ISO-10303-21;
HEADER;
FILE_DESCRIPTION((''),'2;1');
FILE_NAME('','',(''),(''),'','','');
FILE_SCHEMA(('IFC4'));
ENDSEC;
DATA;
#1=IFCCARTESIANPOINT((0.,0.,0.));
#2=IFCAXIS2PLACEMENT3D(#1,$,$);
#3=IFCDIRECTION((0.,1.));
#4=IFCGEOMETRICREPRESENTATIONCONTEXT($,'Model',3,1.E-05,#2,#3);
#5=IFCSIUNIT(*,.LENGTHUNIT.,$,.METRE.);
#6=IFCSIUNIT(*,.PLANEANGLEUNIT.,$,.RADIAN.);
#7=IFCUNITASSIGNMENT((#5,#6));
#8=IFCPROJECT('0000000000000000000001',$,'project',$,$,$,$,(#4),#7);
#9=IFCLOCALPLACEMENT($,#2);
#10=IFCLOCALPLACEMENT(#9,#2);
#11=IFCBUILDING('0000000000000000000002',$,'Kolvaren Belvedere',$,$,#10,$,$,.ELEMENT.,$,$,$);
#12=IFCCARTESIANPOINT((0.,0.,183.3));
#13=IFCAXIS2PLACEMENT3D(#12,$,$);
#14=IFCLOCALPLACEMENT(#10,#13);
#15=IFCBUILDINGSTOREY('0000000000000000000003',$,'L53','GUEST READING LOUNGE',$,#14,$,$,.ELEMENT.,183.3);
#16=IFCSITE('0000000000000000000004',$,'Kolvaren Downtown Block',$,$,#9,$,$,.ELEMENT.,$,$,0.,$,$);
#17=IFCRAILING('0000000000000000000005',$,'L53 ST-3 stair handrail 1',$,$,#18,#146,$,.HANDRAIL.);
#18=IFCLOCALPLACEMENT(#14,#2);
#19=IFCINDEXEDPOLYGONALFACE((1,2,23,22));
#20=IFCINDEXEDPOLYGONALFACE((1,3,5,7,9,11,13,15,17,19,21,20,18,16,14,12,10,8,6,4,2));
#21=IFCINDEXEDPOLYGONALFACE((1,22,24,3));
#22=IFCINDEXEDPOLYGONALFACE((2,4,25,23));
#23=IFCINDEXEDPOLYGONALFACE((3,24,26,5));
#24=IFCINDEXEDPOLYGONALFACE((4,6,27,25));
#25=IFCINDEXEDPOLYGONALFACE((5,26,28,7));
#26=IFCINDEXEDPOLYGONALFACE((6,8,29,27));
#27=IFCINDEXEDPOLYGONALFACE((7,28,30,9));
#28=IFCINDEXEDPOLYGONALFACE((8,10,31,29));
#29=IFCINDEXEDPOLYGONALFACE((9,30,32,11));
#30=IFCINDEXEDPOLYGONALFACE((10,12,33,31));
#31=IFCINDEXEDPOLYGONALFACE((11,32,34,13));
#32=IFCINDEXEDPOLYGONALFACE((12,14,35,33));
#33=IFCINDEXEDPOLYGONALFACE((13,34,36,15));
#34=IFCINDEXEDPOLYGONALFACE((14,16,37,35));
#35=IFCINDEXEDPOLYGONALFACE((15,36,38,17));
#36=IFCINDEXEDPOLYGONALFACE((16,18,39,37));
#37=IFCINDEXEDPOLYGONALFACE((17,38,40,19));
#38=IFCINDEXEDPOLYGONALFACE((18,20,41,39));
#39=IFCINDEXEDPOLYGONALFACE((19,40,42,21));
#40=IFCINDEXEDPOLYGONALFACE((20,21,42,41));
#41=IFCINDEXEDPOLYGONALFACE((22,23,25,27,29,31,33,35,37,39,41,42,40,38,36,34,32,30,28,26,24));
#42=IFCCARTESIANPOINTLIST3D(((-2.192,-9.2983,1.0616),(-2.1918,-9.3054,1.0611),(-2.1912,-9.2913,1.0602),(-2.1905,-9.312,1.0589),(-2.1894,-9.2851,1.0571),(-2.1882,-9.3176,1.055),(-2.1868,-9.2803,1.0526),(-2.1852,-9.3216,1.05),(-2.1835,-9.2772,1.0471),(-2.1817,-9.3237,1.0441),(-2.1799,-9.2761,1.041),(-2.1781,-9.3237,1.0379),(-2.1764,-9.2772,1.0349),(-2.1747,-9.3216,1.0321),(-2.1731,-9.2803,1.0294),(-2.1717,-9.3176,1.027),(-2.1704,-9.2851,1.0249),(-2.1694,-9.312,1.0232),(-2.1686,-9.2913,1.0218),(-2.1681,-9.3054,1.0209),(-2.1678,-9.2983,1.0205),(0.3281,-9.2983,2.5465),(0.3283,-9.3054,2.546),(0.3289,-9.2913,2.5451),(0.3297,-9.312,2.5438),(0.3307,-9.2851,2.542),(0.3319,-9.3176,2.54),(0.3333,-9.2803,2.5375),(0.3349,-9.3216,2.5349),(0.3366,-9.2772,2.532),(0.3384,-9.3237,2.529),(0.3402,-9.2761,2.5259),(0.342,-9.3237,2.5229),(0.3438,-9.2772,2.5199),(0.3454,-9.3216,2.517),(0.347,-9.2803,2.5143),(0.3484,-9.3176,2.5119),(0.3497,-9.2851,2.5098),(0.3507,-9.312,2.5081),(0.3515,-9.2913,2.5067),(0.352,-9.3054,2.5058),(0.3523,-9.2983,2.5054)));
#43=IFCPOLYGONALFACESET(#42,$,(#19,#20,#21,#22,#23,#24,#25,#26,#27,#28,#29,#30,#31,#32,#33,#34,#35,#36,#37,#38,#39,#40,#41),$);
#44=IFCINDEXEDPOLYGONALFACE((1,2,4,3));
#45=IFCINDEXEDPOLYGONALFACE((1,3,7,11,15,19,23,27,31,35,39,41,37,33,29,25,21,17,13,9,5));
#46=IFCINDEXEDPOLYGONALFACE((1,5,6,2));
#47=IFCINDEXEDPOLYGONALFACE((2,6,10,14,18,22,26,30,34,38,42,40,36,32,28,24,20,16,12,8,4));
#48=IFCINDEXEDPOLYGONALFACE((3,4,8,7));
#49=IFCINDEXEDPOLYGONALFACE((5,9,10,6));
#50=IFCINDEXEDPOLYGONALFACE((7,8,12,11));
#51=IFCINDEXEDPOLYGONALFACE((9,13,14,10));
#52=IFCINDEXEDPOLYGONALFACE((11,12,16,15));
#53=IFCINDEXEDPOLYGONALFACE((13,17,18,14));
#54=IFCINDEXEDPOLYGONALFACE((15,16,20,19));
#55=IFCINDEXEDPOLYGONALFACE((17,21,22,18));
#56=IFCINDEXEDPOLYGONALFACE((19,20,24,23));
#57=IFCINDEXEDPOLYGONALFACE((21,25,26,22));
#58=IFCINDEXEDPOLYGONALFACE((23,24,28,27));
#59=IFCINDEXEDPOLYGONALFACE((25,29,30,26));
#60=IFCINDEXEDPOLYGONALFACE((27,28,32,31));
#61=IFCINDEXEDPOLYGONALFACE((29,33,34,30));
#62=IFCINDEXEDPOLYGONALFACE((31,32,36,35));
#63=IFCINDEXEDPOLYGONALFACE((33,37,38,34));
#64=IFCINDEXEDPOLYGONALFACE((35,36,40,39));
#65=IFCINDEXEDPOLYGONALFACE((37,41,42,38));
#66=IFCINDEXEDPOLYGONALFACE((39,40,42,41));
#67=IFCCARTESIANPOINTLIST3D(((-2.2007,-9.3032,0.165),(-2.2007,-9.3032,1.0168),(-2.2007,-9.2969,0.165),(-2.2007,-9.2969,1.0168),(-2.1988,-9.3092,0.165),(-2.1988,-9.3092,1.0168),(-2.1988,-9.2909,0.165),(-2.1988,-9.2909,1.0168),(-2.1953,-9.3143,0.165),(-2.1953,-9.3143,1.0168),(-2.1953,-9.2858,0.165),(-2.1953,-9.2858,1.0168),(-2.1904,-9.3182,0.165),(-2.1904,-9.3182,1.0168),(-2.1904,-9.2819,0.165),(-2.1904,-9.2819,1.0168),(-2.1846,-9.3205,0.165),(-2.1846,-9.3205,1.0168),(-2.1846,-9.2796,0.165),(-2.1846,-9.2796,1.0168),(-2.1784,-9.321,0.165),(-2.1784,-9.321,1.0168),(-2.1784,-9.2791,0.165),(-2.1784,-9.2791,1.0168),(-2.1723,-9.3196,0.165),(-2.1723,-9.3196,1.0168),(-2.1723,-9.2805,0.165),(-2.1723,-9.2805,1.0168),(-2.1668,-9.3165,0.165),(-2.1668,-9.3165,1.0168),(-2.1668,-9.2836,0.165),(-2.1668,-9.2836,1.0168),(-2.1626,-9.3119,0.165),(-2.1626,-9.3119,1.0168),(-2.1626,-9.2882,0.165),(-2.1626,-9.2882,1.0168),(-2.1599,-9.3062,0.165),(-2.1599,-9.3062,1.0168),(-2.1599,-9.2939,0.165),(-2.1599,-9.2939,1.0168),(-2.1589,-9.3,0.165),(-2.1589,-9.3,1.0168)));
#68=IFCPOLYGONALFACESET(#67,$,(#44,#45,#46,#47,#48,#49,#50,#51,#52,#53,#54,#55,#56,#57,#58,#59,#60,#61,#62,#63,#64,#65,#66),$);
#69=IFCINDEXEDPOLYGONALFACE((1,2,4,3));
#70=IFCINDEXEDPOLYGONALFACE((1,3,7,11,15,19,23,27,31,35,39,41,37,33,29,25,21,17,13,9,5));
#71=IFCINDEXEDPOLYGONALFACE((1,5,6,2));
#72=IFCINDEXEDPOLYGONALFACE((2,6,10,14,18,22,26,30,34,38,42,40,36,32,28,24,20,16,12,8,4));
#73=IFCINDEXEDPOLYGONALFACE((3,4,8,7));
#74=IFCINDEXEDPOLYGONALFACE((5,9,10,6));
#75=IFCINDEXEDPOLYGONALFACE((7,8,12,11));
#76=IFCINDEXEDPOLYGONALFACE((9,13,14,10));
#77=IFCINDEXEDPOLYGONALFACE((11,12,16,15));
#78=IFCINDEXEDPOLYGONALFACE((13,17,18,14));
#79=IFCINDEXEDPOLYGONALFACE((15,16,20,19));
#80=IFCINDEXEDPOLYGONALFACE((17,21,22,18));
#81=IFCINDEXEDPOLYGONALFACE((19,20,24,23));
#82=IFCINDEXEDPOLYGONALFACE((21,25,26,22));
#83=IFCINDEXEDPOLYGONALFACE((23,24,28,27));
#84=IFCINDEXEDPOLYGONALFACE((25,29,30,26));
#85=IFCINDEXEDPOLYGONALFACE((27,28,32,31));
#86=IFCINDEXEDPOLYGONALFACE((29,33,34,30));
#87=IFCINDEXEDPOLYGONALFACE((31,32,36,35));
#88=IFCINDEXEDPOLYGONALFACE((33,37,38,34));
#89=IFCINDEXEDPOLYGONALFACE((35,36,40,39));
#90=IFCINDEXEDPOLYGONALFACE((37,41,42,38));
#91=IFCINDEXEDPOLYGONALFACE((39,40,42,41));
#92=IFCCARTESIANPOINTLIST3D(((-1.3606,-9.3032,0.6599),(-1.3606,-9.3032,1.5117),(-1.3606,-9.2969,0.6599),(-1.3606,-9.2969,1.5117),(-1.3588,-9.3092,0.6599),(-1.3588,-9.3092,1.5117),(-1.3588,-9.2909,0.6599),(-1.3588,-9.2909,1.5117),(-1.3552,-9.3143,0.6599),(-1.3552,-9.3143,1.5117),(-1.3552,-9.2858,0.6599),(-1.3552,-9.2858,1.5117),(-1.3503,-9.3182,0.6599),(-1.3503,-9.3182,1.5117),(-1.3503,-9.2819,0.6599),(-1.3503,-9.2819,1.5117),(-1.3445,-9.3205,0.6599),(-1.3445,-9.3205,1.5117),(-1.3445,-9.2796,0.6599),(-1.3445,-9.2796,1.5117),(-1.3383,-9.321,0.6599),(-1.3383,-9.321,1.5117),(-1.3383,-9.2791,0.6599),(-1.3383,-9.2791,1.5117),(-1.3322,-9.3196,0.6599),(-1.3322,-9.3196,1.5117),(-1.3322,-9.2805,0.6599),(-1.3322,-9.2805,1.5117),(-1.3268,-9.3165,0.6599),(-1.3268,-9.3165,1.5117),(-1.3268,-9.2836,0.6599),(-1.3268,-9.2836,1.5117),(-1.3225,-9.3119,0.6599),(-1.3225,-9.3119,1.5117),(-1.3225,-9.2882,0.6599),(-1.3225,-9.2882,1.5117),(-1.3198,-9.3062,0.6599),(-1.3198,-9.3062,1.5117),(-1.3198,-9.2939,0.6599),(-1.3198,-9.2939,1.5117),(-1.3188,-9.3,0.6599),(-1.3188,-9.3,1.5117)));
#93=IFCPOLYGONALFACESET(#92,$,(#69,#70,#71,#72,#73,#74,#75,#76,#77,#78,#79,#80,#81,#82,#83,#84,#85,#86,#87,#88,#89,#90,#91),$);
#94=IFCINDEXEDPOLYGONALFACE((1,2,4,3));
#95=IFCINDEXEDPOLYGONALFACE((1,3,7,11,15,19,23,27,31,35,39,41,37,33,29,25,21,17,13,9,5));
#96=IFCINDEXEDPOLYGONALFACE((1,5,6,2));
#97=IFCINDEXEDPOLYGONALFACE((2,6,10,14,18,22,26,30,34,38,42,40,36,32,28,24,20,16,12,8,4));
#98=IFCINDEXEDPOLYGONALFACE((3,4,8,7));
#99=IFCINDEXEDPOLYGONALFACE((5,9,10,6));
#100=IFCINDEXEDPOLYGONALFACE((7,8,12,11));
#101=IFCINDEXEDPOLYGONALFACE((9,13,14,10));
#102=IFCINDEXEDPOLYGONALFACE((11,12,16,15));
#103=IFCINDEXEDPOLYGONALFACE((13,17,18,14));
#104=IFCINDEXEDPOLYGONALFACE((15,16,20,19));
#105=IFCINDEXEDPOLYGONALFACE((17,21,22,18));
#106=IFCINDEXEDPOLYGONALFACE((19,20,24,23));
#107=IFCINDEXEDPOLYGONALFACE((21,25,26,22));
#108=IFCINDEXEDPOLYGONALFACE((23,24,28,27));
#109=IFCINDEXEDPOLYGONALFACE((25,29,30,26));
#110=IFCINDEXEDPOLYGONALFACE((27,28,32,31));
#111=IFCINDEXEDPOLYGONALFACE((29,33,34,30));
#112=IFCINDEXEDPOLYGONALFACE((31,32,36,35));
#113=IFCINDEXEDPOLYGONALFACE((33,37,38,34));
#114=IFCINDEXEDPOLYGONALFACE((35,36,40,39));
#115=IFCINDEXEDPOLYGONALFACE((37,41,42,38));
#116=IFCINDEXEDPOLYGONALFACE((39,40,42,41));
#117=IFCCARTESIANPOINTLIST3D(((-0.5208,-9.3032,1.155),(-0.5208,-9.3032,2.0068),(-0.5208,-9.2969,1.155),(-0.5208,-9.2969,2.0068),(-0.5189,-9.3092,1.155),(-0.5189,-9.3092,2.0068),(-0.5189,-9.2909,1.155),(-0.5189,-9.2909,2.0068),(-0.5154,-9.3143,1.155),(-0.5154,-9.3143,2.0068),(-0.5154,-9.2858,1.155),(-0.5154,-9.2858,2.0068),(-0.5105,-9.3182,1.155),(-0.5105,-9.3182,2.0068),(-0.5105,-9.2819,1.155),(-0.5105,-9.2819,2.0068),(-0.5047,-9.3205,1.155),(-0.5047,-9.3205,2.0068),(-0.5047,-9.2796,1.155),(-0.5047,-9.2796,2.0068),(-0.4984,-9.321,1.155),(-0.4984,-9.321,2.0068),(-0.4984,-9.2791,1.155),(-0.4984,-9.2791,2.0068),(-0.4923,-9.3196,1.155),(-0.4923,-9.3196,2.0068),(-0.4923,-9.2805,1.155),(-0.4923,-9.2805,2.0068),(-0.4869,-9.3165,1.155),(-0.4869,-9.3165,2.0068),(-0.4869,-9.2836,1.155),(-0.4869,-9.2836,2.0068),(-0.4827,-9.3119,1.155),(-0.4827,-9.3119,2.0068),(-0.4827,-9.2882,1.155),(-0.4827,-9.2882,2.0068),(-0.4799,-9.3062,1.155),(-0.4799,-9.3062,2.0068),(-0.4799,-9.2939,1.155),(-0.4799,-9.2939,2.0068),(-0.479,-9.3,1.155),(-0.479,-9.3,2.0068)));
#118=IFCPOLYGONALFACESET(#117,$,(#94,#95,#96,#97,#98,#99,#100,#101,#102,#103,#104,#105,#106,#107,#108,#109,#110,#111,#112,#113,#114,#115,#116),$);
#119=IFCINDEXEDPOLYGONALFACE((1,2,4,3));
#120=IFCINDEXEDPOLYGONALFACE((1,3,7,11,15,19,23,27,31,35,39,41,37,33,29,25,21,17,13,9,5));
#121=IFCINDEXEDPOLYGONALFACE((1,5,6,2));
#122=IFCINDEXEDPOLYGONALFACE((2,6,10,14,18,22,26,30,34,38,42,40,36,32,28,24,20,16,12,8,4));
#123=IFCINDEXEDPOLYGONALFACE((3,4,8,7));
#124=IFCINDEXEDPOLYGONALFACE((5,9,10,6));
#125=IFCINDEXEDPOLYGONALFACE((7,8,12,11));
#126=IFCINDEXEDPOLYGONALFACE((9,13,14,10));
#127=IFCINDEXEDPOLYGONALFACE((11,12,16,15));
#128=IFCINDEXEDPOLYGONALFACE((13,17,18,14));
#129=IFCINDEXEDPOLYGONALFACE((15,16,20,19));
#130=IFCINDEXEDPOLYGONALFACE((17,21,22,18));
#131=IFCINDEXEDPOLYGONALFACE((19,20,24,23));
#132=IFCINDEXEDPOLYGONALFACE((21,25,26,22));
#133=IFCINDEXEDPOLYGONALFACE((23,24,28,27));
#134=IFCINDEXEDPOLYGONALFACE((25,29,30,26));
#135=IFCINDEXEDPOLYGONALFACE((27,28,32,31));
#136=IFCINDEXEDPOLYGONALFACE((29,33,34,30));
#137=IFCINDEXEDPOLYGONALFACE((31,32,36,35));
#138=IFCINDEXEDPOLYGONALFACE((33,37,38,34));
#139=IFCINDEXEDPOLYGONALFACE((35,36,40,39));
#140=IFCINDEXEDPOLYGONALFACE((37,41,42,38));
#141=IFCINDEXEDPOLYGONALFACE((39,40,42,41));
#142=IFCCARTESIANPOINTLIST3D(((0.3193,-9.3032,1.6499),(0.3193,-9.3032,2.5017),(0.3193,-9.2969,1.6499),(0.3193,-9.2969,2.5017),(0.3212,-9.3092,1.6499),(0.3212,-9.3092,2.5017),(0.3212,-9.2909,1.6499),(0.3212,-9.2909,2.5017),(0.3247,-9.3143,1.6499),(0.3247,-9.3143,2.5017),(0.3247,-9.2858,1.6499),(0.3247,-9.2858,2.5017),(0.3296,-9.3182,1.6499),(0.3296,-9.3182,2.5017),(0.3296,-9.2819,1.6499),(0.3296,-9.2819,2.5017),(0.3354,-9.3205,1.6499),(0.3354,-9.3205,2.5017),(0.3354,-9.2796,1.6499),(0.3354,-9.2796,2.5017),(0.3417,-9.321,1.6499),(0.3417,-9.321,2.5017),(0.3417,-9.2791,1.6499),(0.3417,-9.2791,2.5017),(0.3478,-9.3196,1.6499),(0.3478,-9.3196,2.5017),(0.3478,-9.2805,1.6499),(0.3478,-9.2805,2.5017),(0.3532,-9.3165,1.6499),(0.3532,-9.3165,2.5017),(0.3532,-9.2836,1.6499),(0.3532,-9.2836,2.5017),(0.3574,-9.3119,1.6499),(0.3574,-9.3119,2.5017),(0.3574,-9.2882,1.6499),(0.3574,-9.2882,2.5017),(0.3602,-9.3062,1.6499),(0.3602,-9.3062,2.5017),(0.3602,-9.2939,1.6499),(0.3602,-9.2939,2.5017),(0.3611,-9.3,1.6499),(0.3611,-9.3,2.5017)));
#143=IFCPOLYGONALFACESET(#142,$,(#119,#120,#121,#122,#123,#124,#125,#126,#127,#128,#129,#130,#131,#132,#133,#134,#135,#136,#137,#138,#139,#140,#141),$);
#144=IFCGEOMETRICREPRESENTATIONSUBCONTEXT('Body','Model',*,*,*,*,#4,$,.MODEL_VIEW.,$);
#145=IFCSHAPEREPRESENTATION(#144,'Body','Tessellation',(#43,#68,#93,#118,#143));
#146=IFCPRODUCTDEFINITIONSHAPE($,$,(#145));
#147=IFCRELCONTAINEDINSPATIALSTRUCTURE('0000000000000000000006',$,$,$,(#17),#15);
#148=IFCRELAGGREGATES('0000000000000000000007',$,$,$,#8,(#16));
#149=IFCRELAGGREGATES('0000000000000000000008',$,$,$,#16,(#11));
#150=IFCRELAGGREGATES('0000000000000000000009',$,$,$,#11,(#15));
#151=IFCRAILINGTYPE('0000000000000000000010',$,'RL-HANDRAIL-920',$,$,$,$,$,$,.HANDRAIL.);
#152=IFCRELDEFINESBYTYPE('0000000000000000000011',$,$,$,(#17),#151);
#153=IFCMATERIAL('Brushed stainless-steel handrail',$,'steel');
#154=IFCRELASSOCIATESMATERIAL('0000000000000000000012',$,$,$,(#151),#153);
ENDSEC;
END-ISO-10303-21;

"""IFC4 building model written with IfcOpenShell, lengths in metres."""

from ifc_helpers import new_model, si_unit, direction, frame, origin, origin_2d, place, context, subcontext, project, spatial, circle, extrude, material, type_object, element, save


model = new_model("IFC4")

# Units and contexts
model_context = context("Model", 3, precision=1e-05, world=origin(), true_north=direction((0.0, 1.0)))
body_context = subcontext(model_context, "Body", "Model", "MODEL_VIEW")
ifc_project = project(units=[si_unit("LENGTHUNIT", "METRE"), si_unit("PLANEANGLEUNIT", "RADIAN")], contexts=[model_context])

# Site, building, storey
site_placement = place(None, origin())
site = spatial("IfcSite", under=ifc_project, at=site_placement, Name="Kolvaren Downtown Block", CompositionType="ELEMENT", RefElevation=0.0)
building_placement = place(site_placement, origin())
building = spatial("IfcBuilding", under=site, at=building_placement, Name="Kolvaren Belvedere", CompositionType="ELEMENT")
storey_placement = place(building_placement, frame((0.0, 0.0, 183.3)))
storey = spatial("IfcBuildingStorey", under=building, at=storey_placement, Name="L53", Description="GUEST READING LOUNGE", CompositionType="ELEMENT", Elevation=183.3)

# Railing
ifc_material_1 = material(Name="Brushed stainless-steel handrail", Category="steel")
railing_type_1 = type_object("IfcRailingType", Name="RL-HANDRAIL-920", PredefinedType="HANDRAIL", material=ifc_material_1)
railing_1_placement = place(storey_placement, frame((-2.1799, -9.3, 0.165)))
element("IfcRailing", 1, at=railing_1_placement, inside=storey, type_object=railing_type_1, Name="L53 ST-3 stair handrail 1", PredefinedType="HANDRAIL", context=body_context, shape_type="SweptSolid", body=[
    extrude(circle(Radius=0.0239, at=origin_2d()), frame((0.0, 0.0, 0.876), z_axis=(0.861561, 0.0, 0.507655), x_axis=(0.0, 1.0, 0.0)), (0.0, 0.0, 1.0), 2.925),
    extrude(circle(Radius=0.021, at=origin_2d()), origin(), (0.0, 0.0, 1.0), 0.8518),
    extrude(circle(Radius=0.021, at=origin_2d()), frame((0.8401, 0.0, 0.4949)), (0.0, 0.0, 1.0), 0.8518),
    extrude(circle(Radius=0.021, at=origin_2d()), frame((1.6799, 0.0, 0.99)), (0.0, 0.0, 1.0), 0.8518),
    extrude(circle(Radius=0.021, at=origin_2d()), frame((2.52, 0.0, 1.4849)), (0.0, 0.0, 1.0), 0.8518),
])

save(model, "model.ifc")
